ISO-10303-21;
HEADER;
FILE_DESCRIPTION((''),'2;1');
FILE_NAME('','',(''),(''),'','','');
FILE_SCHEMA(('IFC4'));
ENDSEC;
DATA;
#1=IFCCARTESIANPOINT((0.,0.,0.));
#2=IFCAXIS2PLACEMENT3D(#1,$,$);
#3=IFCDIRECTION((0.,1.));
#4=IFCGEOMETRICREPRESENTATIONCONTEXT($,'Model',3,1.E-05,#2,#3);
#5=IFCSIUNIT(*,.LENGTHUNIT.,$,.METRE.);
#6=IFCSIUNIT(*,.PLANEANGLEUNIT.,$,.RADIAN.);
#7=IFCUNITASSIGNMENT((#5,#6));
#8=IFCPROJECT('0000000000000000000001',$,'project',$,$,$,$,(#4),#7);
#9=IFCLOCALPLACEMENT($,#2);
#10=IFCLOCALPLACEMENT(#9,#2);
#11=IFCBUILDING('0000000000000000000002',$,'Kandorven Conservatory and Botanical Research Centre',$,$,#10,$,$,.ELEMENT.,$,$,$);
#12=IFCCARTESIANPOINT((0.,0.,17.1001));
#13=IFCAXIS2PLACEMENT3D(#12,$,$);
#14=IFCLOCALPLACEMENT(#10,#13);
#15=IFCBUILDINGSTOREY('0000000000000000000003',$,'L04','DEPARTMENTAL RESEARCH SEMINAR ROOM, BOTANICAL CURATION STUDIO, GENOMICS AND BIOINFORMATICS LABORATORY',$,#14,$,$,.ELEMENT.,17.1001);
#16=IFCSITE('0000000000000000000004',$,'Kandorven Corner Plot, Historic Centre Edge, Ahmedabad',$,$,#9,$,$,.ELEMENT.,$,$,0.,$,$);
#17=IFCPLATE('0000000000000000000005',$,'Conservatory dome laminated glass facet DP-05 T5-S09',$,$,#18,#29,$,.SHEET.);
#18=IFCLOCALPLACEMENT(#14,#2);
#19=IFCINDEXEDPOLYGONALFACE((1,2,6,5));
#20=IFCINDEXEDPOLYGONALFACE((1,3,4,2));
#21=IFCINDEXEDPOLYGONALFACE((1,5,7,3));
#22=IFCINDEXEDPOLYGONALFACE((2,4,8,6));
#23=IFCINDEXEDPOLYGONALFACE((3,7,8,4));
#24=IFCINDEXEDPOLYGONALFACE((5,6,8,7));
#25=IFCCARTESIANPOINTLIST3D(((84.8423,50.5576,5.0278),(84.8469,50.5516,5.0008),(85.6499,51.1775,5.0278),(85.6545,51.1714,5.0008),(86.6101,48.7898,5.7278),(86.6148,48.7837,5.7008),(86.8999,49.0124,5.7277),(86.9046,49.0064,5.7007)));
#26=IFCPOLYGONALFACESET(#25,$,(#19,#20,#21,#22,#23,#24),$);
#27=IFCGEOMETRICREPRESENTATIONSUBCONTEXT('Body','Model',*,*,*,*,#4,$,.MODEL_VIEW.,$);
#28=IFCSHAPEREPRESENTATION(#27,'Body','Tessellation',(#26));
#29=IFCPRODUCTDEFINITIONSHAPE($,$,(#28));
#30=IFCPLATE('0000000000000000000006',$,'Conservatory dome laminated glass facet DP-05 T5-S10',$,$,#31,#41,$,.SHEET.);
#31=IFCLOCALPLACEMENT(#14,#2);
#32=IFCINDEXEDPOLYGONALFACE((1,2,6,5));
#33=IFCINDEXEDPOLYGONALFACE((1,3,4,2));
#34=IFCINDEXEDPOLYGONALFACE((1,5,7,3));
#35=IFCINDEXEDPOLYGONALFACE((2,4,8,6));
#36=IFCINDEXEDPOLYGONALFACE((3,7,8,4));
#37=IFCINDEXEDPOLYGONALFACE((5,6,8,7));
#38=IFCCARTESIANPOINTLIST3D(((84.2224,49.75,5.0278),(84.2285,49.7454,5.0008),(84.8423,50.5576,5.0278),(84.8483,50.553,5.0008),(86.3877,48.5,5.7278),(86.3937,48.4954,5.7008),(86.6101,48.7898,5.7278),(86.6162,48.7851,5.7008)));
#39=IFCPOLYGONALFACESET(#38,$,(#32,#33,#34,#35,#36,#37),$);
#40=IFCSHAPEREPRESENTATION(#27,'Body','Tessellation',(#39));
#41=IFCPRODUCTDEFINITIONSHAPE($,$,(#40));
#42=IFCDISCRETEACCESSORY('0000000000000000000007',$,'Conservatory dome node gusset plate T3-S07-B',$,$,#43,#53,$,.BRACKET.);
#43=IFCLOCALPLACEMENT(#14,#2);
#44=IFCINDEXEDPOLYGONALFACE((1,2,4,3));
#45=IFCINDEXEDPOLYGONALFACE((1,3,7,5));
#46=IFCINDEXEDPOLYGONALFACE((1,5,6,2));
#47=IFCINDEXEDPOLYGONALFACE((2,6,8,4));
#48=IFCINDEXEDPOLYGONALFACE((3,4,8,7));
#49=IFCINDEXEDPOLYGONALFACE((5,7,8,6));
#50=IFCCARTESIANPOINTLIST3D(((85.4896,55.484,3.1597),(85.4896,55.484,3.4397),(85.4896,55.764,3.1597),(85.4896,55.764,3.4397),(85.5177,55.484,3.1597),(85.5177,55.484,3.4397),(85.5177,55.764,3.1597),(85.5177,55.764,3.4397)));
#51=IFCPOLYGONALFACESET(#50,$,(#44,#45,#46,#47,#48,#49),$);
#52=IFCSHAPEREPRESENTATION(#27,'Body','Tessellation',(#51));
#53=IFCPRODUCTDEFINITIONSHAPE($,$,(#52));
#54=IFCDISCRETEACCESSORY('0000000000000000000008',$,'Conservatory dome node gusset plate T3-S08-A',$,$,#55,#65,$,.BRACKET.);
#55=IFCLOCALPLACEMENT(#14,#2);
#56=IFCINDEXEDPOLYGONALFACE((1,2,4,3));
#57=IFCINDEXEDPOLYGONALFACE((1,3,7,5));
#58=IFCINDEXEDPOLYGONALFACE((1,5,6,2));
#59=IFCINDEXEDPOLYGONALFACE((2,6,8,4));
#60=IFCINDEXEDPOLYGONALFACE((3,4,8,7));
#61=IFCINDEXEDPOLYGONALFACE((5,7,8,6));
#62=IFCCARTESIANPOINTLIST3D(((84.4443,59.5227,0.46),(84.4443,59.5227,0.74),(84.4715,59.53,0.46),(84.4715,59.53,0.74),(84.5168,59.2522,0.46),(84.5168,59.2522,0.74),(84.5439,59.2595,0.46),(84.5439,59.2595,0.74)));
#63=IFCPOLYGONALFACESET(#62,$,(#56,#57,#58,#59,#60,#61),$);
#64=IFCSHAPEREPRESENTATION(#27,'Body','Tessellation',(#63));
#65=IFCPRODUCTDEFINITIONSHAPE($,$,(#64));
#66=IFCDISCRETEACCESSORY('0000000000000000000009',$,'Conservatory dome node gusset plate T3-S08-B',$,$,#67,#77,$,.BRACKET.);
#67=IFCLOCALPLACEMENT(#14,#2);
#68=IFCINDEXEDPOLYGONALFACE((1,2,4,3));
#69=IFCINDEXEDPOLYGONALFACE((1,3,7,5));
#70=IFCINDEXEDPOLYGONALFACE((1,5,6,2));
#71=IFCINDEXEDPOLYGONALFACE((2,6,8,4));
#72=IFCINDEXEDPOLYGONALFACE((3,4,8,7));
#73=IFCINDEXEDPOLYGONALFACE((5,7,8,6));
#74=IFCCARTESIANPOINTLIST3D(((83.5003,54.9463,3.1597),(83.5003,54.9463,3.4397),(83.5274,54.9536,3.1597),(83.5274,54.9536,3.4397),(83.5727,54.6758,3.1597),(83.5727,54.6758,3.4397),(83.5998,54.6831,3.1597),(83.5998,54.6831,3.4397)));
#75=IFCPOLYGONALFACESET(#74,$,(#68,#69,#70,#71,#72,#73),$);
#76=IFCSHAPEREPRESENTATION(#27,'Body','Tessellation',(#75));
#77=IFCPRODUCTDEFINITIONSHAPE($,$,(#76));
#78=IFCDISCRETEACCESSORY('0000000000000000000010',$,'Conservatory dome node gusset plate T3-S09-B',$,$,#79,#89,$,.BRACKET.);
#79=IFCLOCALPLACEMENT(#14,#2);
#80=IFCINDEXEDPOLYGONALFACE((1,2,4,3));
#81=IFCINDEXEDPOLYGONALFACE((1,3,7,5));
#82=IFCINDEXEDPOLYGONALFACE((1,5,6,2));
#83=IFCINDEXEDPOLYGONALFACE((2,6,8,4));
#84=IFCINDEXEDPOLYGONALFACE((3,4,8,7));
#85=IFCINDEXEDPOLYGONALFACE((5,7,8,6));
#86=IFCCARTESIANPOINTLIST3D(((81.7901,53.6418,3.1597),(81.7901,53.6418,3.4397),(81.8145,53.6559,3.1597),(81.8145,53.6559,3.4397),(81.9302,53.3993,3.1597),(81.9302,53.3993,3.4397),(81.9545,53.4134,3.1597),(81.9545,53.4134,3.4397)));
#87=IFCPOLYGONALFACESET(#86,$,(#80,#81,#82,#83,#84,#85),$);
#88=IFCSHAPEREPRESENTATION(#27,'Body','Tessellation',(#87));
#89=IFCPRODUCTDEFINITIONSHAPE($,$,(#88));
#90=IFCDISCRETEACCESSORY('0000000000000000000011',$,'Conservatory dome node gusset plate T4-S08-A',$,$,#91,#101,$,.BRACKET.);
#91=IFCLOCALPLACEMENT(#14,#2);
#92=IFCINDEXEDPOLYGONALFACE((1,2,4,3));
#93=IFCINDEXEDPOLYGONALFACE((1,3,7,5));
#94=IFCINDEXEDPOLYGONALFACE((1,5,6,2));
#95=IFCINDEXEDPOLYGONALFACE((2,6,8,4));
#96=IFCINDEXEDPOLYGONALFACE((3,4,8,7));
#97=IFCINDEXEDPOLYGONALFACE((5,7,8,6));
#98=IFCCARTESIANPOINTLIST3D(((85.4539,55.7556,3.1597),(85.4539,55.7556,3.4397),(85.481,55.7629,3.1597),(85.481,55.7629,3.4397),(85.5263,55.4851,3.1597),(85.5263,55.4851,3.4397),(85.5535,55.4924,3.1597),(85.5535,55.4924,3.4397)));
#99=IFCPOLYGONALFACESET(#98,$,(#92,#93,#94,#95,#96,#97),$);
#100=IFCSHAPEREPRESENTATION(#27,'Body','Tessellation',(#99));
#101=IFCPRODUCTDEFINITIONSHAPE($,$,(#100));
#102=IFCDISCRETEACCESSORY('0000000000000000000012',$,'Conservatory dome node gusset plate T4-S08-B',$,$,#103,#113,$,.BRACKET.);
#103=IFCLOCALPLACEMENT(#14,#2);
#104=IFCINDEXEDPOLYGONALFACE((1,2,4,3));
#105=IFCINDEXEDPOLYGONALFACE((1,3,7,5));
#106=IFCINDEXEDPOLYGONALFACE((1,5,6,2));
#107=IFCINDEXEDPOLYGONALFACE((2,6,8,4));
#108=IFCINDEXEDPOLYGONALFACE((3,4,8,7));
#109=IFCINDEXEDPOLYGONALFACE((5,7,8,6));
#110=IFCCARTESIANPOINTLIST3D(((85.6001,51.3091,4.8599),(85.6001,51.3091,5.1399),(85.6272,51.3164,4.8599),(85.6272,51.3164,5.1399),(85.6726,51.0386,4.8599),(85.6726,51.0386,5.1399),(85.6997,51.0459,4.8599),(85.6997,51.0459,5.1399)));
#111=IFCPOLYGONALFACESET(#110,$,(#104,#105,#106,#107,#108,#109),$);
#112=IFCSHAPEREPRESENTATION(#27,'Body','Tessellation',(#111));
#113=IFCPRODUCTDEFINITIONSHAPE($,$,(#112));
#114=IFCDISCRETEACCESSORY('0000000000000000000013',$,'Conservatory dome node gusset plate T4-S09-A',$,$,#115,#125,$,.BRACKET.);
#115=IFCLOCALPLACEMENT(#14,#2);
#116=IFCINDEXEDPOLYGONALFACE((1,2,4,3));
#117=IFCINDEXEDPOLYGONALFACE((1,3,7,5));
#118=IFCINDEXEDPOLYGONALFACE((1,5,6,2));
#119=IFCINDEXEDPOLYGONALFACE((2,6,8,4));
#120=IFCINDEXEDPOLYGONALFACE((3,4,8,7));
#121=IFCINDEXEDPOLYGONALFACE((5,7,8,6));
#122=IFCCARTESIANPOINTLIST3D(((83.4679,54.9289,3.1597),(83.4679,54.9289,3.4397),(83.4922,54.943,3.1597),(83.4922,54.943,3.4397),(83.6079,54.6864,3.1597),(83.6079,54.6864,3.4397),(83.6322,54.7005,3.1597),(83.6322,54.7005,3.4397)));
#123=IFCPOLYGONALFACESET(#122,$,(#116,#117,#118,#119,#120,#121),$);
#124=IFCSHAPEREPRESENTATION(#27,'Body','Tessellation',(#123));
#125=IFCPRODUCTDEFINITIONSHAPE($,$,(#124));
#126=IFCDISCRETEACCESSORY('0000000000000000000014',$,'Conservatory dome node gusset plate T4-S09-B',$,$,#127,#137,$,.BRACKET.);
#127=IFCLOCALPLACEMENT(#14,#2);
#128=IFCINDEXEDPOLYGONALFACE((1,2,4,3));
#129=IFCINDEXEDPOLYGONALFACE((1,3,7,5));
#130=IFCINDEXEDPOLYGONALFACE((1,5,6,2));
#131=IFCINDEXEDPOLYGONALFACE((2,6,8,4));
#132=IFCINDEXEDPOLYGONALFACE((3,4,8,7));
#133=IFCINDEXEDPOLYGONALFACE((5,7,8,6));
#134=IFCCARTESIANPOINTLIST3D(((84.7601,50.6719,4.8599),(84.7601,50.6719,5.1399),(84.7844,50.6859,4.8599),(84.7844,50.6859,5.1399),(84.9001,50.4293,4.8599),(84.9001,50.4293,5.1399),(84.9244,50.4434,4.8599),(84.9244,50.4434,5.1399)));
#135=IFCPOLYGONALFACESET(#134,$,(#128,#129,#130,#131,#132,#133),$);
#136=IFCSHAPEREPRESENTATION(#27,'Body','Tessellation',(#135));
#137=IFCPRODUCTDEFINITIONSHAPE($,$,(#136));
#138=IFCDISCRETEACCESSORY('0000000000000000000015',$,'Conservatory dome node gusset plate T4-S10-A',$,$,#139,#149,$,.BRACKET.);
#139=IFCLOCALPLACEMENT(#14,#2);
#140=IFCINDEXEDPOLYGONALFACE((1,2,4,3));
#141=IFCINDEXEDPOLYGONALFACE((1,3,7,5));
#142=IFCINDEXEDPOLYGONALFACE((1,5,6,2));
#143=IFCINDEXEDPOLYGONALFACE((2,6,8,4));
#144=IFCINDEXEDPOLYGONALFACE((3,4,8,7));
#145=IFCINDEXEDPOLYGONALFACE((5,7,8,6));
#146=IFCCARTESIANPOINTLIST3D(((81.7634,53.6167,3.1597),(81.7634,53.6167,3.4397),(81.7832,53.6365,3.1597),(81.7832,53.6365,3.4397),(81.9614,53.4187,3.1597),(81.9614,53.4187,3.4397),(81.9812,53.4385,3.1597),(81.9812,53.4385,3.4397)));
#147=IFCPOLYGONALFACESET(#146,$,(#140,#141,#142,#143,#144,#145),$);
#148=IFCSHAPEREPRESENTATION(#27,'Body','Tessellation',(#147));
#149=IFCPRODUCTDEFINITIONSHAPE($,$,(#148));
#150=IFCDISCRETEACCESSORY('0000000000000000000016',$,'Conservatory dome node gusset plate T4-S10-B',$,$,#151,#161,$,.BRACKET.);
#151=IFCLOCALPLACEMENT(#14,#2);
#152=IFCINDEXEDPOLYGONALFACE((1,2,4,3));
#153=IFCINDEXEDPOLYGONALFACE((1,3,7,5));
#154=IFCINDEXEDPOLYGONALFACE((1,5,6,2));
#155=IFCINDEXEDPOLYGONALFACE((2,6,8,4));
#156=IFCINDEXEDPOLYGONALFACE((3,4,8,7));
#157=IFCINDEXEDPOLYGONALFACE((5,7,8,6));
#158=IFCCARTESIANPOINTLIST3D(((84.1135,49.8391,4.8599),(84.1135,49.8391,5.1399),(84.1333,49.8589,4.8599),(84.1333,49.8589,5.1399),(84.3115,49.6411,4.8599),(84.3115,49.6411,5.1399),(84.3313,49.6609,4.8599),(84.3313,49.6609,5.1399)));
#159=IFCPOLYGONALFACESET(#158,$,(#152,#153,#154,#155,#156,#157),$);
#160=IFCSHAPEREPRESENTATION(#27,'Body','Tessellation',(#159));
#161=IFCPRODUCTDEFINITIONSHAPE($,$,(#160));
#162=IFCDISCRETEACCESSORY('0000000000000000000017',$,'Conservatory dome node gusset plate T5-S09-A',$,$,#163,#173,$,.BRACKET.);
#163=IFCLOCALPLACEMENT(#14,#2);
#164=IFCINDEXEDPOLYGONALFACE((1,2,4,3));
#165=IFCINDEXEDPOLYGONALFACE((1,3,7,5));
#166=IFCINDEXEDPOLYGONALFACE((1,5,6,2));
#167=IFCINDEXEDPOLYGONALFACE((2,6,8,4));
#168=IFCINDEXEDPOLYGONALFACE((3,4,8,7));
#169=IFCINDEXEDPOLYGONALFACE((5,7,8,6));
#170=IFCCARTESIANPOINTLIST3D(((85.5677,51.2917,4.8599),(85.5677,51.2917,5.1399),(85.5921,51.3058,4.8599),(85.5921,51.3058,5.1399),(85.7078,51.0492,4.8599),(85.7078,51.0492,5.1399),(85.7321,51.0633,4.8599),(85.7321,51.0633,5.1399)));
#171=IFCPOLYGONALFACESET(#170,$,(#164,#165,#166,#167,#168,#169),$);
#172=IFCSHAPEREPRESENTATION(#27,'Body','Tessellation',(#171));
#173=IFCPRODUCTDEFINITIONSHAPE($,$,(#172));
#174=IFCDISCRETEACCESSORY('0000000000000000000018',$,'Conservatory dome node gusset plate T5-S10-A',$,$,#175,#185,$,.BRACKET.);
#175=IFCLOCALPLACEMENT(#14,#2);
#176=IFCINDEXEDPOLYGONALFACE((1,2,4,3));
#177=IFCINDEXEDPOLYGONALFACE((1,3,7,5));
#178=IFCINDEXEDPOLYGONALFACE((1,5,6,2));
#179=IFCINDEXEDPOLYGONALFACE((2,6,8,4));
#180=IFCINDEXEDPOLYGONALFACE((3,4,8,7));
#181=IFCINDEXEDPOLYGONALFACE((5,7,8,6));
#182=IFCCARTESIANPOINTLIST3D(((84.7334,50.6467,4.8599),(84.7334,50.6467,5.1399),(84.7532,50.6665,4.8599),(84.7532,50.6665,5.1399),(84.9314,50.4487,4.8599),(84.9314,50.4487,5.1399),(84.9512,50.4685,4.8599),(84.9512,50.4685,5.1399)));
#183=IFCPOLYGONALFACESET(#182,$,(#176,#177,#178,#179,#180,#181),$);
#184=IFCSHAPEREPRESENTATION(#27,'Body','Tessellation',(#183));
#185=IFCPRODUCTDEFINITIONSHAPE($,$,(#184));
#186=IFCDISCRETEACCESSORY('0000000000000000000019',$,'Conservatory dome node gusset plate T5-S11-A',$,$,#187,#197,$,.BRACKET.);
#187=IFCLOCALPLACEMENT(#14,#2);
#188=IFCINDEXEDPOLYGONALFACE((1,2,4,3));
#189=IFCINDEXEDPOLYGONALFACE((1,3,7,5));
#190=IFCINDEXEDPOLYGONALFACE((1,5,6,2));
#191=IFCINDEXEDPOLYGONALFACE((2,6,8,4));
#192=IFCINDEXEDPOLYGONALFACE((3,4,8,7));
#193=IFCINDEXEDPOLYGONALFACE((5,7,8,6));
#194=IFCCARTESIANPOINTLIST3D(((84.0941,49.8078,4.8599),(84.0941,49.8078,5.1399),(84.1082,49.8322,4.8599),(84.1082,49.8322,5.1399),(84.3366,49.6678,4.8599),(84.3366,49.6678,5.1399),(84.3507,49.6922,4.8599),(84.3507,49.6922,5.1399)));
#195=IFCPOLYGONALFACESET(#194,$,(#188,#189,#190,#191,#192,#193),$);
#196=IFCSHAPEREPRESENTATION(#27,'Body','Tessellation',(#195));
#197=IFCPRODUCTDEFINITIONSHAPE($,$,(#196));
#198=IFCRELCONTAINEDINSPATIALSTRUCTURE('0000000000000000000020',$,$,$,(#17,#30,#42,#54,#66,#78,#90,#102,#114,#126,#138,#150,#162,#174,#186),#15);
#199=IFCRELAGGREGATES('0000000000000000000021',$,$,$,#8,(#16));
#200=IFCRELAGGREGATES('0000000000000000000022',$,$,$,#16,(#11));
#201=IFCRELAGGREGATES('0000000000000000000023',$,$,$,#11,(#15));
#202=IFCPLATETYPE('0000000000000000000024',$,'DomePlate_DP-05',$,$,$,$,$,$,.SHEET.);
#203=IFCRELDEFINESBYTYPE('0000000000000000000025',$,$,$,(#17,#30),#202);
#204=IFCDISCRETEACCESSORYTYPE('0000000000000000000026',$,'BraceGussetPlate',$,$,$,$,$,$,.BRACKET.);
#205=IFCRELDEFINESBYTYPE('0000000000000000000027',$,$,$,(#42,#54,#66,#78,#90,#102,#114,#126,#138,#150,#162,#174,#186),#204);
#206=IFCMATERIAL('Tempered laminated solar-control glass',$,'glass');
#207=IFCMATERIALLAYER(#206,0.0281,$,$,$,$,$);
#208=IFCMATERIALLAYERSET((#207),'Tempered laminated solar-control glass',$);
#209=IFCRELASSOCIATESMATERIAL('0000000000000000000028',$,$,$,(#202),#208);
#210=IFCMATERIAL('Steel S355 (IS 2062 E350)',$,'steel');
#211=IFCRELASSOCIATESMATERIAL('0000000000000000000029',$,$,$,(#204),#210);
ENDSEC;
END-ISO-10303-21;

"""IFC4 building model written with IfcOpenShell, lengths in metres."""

from ifc_helpers import new_model, si_unit, direction, frame, origin, origin_2d, place, context, subcontext, project, spatial, polyline, rectangle, outline, extrude, material, layer, layer_set, type_object, element, save


model = new_model("IFC4")

# Units and contexts
model_context = context("Model", 3, precision=1e-05, world=origin(), true_north=direction((0.0, 1.0)))
body_context = subcontext(model_context, "Body", "Model", "MODEL_VIEW")
ifc_project = project(units=[si_unit("LENGTHUNIT", "METRE"), si_unit("PLANEANGLEUNIT", "RADIAN")], contexts=[model_context])

# Site, building, storey
site_placement = place(None, origin())
site = spatial("IfcSite", under=ifc_project, at=site_placement, Name="Kandorven Corner Plot, Historic Centre Edge, Ahmedabad", CompositionType="ELEMENT", RefElevation=0.0)
building_placement = place(site_placement, origin())
building = spatial("IfcBuilding", under=site, at=building_placement, Name="Kandorven Conservatory and Botanical Research Centre", CompositionType="ELEMENT")
storey_placement = place(building_placement, frame((0.0, 0.0, 17.1001)))
storey = spatial("IfcBuildingStorey", under=building, at=storey_placement, Name="L04", Description="DEPARTMENTAL RESEARCH SEMINAR ROOM, BOTANICAL CURATION STUDIO, GENOMICS AND BIOINFORMATICS LABORATORY", CompositionType="ELEMENT", Elevation=17.1001)

# Plates
ifc_material_1 = material(Name="Tempered laminated solar-control glass", Category="glass")
ifc_layer_1 = layer(ifc_material_1, 0.0281)
ifc_layer_set_1 = layer_set([ifc_layer_1], Name="Tempered laminated solar-control glass")
plate_type_1 = type_object("IfcPlateType", Name="DomePlate_DP-05", PredefinedType="SHEET", material=ifc_layer_set_1)
plate_1_placement = place(storey_placement, frame((85.6499, 51.1775, 5.0278), z_axis=(-0.165496, 0.215562, 0.962364), x_axis=(-0.793268, -0.608872, -0.000034)))
element("IfcPlate", 1, at=plate_1_placement, inside=storey, type_object=plate_type_1, Name="Conservatory dome laminated glass facet DP-05 T5-S09", PredefinedType="SHEET", context=body_context, shape_type="SweptSolid", body=[
    extrude(outline(polyline([(0.0, 0.0), (1.0181, 0.0), (0.6921, 2.5757), (0.3266, 2.5755), (0.0, 0.0)])), origin(), (0.0, 0.0, -1.0), 0.0281),
])
plate_2_placement = place(storey_placement, frame((84.8423, 50.5576, 5.0278), z_axis=(-0.215578, 0.16546, 0.962366), x_axis=(-0.608864, -0.793275, -0.000002)))
element("IfcPlate", 2, at=plate_2_placement, inside=storey, type_object=plate_type_1, Name="Conservatory dome laminated glass facet DP-05 T5-S10", PredefinedType="SHEET", context=body_context, shape_type="SweptSolid", body=[
    extrude(outline(polyline([(0.0, 0.0), (1.0181, 0.0), (0.6913, 2.5757), (0.326, 2.5757), (0.0, 0.0)])), origin(), (0.0, 0.0, -1.0), 0.0281),
])

# Discrete accessories
ifc_material_2 = material(Name="Steel S355 (IS 2062 E350)", Category="steel")
discrete_accessory_type = type_object("IfcDiscreteAccessoryType", Name="BraceGussetPlate", PredefinedType="BRACKET", material=ifc_material_2)
for number, where, z_axis, x_axis, name in (
    (3, (85.5037, 55.624, 3.1597), (0.0, 0.0, 1.0), (0.0, 1.0, 0.0), "Conservatory dome node gusset plate T3-S07-B"),
    (4, (84.4941, 59.3911, 0.46), (0.0, 0.0, 1.0), (-0.258819, 0.965926, 0.0), "Conservatory dome node gusset plate T3-S08-A"),
    (5, (83.55, 54.8147, 3.1597), (0.0, 0.0, 1.0), (-0.258819, 0.965926, 0.0), "Conservatory dome node gusset plate T3-S08-B"),
    (6, (81.8723, 53.5276, 3.1597), (0.0, 0.0, 1.0), (-0.5, 0.866025, 0.0), "Conservatory dome node gusset plate T3-S09-B"),
    (7, (85.5037, 55.624, 3.1597), (0.0, 0.0, 1.0), (-0.258819, 0.965926, 0.0), "Conservatory dome node gusset plate T4-S08-A"),
    (8, (85.6499, 51.1775, 4.8599), (0.0, 0.0, 1.0), (-0.258819, 0.965926, 0.0), "Conservatory dome node gusset plate T4-S08-B"),
    (9, (83.55, 54.8147, 3.1597), (0.0, 0.0, 1.0), (-0.5, 0.866025, 0.0), "Conservatory dome node gusset plate T4-S09-A"),
    (10, (84.8423, 50.5576, 4.8599), (0.0, 0.0, 1.0), (-0.5, 0.866025, 0.0), "Conservatory dome node gusset plate T4-S09-B"),
    (11, (81.8723, 53.5276, 3.1597), (0.0, 0.0, 1.0), (-0.707107, 0.707107, 0.0), "Conservatory dome node gusset plate T4-S10-A"),
    (12, (84.2224, 49.75, 4.8599), (0.0, 0.0, 1.0), (-0.707107, 0.707107, 0.0), "Conservatory dome node gusset plate T4-S10-B"),
    (13, (85.6499, 51.1775, 4.8599), (0.0, 0.0, 1.0), (-0.5, 0.866025, 0.0), "Conservatory dome node gusset plate T5-S09-A"),
    (14, (84.8423, 50.5576, 4.8599), (0.0, 0.0, 1.0), (-0.707107, 0.707107, 0.0), "Conservatory dome node gusset plate T5-S10-A"),
    (15, (84.2224, 49.75, 4.8599), (0.0, 0.0, 1.0), (-0.866025, 0.5, 0.0), "Conservatory dome node gusset plate T5-S11-A"),
):
    element("IfcDiscreteAccessory", number, at=place(storey_placement, frame(where, z_axis=z_axis, x_axis=x_axis)), inside=storey, type_object=discrete_accessory_type, Name=name, PredefinedType="BRACKET", context=body_context, shape_type="SweptSolid", body=[
        extrude(rectangle(XDim=0.28, YDim=0.0281, at=origin_2d()), origin(), (0.0, 0.0, 1.0), 0.28),
    ])

save(model, "model.ifc")
